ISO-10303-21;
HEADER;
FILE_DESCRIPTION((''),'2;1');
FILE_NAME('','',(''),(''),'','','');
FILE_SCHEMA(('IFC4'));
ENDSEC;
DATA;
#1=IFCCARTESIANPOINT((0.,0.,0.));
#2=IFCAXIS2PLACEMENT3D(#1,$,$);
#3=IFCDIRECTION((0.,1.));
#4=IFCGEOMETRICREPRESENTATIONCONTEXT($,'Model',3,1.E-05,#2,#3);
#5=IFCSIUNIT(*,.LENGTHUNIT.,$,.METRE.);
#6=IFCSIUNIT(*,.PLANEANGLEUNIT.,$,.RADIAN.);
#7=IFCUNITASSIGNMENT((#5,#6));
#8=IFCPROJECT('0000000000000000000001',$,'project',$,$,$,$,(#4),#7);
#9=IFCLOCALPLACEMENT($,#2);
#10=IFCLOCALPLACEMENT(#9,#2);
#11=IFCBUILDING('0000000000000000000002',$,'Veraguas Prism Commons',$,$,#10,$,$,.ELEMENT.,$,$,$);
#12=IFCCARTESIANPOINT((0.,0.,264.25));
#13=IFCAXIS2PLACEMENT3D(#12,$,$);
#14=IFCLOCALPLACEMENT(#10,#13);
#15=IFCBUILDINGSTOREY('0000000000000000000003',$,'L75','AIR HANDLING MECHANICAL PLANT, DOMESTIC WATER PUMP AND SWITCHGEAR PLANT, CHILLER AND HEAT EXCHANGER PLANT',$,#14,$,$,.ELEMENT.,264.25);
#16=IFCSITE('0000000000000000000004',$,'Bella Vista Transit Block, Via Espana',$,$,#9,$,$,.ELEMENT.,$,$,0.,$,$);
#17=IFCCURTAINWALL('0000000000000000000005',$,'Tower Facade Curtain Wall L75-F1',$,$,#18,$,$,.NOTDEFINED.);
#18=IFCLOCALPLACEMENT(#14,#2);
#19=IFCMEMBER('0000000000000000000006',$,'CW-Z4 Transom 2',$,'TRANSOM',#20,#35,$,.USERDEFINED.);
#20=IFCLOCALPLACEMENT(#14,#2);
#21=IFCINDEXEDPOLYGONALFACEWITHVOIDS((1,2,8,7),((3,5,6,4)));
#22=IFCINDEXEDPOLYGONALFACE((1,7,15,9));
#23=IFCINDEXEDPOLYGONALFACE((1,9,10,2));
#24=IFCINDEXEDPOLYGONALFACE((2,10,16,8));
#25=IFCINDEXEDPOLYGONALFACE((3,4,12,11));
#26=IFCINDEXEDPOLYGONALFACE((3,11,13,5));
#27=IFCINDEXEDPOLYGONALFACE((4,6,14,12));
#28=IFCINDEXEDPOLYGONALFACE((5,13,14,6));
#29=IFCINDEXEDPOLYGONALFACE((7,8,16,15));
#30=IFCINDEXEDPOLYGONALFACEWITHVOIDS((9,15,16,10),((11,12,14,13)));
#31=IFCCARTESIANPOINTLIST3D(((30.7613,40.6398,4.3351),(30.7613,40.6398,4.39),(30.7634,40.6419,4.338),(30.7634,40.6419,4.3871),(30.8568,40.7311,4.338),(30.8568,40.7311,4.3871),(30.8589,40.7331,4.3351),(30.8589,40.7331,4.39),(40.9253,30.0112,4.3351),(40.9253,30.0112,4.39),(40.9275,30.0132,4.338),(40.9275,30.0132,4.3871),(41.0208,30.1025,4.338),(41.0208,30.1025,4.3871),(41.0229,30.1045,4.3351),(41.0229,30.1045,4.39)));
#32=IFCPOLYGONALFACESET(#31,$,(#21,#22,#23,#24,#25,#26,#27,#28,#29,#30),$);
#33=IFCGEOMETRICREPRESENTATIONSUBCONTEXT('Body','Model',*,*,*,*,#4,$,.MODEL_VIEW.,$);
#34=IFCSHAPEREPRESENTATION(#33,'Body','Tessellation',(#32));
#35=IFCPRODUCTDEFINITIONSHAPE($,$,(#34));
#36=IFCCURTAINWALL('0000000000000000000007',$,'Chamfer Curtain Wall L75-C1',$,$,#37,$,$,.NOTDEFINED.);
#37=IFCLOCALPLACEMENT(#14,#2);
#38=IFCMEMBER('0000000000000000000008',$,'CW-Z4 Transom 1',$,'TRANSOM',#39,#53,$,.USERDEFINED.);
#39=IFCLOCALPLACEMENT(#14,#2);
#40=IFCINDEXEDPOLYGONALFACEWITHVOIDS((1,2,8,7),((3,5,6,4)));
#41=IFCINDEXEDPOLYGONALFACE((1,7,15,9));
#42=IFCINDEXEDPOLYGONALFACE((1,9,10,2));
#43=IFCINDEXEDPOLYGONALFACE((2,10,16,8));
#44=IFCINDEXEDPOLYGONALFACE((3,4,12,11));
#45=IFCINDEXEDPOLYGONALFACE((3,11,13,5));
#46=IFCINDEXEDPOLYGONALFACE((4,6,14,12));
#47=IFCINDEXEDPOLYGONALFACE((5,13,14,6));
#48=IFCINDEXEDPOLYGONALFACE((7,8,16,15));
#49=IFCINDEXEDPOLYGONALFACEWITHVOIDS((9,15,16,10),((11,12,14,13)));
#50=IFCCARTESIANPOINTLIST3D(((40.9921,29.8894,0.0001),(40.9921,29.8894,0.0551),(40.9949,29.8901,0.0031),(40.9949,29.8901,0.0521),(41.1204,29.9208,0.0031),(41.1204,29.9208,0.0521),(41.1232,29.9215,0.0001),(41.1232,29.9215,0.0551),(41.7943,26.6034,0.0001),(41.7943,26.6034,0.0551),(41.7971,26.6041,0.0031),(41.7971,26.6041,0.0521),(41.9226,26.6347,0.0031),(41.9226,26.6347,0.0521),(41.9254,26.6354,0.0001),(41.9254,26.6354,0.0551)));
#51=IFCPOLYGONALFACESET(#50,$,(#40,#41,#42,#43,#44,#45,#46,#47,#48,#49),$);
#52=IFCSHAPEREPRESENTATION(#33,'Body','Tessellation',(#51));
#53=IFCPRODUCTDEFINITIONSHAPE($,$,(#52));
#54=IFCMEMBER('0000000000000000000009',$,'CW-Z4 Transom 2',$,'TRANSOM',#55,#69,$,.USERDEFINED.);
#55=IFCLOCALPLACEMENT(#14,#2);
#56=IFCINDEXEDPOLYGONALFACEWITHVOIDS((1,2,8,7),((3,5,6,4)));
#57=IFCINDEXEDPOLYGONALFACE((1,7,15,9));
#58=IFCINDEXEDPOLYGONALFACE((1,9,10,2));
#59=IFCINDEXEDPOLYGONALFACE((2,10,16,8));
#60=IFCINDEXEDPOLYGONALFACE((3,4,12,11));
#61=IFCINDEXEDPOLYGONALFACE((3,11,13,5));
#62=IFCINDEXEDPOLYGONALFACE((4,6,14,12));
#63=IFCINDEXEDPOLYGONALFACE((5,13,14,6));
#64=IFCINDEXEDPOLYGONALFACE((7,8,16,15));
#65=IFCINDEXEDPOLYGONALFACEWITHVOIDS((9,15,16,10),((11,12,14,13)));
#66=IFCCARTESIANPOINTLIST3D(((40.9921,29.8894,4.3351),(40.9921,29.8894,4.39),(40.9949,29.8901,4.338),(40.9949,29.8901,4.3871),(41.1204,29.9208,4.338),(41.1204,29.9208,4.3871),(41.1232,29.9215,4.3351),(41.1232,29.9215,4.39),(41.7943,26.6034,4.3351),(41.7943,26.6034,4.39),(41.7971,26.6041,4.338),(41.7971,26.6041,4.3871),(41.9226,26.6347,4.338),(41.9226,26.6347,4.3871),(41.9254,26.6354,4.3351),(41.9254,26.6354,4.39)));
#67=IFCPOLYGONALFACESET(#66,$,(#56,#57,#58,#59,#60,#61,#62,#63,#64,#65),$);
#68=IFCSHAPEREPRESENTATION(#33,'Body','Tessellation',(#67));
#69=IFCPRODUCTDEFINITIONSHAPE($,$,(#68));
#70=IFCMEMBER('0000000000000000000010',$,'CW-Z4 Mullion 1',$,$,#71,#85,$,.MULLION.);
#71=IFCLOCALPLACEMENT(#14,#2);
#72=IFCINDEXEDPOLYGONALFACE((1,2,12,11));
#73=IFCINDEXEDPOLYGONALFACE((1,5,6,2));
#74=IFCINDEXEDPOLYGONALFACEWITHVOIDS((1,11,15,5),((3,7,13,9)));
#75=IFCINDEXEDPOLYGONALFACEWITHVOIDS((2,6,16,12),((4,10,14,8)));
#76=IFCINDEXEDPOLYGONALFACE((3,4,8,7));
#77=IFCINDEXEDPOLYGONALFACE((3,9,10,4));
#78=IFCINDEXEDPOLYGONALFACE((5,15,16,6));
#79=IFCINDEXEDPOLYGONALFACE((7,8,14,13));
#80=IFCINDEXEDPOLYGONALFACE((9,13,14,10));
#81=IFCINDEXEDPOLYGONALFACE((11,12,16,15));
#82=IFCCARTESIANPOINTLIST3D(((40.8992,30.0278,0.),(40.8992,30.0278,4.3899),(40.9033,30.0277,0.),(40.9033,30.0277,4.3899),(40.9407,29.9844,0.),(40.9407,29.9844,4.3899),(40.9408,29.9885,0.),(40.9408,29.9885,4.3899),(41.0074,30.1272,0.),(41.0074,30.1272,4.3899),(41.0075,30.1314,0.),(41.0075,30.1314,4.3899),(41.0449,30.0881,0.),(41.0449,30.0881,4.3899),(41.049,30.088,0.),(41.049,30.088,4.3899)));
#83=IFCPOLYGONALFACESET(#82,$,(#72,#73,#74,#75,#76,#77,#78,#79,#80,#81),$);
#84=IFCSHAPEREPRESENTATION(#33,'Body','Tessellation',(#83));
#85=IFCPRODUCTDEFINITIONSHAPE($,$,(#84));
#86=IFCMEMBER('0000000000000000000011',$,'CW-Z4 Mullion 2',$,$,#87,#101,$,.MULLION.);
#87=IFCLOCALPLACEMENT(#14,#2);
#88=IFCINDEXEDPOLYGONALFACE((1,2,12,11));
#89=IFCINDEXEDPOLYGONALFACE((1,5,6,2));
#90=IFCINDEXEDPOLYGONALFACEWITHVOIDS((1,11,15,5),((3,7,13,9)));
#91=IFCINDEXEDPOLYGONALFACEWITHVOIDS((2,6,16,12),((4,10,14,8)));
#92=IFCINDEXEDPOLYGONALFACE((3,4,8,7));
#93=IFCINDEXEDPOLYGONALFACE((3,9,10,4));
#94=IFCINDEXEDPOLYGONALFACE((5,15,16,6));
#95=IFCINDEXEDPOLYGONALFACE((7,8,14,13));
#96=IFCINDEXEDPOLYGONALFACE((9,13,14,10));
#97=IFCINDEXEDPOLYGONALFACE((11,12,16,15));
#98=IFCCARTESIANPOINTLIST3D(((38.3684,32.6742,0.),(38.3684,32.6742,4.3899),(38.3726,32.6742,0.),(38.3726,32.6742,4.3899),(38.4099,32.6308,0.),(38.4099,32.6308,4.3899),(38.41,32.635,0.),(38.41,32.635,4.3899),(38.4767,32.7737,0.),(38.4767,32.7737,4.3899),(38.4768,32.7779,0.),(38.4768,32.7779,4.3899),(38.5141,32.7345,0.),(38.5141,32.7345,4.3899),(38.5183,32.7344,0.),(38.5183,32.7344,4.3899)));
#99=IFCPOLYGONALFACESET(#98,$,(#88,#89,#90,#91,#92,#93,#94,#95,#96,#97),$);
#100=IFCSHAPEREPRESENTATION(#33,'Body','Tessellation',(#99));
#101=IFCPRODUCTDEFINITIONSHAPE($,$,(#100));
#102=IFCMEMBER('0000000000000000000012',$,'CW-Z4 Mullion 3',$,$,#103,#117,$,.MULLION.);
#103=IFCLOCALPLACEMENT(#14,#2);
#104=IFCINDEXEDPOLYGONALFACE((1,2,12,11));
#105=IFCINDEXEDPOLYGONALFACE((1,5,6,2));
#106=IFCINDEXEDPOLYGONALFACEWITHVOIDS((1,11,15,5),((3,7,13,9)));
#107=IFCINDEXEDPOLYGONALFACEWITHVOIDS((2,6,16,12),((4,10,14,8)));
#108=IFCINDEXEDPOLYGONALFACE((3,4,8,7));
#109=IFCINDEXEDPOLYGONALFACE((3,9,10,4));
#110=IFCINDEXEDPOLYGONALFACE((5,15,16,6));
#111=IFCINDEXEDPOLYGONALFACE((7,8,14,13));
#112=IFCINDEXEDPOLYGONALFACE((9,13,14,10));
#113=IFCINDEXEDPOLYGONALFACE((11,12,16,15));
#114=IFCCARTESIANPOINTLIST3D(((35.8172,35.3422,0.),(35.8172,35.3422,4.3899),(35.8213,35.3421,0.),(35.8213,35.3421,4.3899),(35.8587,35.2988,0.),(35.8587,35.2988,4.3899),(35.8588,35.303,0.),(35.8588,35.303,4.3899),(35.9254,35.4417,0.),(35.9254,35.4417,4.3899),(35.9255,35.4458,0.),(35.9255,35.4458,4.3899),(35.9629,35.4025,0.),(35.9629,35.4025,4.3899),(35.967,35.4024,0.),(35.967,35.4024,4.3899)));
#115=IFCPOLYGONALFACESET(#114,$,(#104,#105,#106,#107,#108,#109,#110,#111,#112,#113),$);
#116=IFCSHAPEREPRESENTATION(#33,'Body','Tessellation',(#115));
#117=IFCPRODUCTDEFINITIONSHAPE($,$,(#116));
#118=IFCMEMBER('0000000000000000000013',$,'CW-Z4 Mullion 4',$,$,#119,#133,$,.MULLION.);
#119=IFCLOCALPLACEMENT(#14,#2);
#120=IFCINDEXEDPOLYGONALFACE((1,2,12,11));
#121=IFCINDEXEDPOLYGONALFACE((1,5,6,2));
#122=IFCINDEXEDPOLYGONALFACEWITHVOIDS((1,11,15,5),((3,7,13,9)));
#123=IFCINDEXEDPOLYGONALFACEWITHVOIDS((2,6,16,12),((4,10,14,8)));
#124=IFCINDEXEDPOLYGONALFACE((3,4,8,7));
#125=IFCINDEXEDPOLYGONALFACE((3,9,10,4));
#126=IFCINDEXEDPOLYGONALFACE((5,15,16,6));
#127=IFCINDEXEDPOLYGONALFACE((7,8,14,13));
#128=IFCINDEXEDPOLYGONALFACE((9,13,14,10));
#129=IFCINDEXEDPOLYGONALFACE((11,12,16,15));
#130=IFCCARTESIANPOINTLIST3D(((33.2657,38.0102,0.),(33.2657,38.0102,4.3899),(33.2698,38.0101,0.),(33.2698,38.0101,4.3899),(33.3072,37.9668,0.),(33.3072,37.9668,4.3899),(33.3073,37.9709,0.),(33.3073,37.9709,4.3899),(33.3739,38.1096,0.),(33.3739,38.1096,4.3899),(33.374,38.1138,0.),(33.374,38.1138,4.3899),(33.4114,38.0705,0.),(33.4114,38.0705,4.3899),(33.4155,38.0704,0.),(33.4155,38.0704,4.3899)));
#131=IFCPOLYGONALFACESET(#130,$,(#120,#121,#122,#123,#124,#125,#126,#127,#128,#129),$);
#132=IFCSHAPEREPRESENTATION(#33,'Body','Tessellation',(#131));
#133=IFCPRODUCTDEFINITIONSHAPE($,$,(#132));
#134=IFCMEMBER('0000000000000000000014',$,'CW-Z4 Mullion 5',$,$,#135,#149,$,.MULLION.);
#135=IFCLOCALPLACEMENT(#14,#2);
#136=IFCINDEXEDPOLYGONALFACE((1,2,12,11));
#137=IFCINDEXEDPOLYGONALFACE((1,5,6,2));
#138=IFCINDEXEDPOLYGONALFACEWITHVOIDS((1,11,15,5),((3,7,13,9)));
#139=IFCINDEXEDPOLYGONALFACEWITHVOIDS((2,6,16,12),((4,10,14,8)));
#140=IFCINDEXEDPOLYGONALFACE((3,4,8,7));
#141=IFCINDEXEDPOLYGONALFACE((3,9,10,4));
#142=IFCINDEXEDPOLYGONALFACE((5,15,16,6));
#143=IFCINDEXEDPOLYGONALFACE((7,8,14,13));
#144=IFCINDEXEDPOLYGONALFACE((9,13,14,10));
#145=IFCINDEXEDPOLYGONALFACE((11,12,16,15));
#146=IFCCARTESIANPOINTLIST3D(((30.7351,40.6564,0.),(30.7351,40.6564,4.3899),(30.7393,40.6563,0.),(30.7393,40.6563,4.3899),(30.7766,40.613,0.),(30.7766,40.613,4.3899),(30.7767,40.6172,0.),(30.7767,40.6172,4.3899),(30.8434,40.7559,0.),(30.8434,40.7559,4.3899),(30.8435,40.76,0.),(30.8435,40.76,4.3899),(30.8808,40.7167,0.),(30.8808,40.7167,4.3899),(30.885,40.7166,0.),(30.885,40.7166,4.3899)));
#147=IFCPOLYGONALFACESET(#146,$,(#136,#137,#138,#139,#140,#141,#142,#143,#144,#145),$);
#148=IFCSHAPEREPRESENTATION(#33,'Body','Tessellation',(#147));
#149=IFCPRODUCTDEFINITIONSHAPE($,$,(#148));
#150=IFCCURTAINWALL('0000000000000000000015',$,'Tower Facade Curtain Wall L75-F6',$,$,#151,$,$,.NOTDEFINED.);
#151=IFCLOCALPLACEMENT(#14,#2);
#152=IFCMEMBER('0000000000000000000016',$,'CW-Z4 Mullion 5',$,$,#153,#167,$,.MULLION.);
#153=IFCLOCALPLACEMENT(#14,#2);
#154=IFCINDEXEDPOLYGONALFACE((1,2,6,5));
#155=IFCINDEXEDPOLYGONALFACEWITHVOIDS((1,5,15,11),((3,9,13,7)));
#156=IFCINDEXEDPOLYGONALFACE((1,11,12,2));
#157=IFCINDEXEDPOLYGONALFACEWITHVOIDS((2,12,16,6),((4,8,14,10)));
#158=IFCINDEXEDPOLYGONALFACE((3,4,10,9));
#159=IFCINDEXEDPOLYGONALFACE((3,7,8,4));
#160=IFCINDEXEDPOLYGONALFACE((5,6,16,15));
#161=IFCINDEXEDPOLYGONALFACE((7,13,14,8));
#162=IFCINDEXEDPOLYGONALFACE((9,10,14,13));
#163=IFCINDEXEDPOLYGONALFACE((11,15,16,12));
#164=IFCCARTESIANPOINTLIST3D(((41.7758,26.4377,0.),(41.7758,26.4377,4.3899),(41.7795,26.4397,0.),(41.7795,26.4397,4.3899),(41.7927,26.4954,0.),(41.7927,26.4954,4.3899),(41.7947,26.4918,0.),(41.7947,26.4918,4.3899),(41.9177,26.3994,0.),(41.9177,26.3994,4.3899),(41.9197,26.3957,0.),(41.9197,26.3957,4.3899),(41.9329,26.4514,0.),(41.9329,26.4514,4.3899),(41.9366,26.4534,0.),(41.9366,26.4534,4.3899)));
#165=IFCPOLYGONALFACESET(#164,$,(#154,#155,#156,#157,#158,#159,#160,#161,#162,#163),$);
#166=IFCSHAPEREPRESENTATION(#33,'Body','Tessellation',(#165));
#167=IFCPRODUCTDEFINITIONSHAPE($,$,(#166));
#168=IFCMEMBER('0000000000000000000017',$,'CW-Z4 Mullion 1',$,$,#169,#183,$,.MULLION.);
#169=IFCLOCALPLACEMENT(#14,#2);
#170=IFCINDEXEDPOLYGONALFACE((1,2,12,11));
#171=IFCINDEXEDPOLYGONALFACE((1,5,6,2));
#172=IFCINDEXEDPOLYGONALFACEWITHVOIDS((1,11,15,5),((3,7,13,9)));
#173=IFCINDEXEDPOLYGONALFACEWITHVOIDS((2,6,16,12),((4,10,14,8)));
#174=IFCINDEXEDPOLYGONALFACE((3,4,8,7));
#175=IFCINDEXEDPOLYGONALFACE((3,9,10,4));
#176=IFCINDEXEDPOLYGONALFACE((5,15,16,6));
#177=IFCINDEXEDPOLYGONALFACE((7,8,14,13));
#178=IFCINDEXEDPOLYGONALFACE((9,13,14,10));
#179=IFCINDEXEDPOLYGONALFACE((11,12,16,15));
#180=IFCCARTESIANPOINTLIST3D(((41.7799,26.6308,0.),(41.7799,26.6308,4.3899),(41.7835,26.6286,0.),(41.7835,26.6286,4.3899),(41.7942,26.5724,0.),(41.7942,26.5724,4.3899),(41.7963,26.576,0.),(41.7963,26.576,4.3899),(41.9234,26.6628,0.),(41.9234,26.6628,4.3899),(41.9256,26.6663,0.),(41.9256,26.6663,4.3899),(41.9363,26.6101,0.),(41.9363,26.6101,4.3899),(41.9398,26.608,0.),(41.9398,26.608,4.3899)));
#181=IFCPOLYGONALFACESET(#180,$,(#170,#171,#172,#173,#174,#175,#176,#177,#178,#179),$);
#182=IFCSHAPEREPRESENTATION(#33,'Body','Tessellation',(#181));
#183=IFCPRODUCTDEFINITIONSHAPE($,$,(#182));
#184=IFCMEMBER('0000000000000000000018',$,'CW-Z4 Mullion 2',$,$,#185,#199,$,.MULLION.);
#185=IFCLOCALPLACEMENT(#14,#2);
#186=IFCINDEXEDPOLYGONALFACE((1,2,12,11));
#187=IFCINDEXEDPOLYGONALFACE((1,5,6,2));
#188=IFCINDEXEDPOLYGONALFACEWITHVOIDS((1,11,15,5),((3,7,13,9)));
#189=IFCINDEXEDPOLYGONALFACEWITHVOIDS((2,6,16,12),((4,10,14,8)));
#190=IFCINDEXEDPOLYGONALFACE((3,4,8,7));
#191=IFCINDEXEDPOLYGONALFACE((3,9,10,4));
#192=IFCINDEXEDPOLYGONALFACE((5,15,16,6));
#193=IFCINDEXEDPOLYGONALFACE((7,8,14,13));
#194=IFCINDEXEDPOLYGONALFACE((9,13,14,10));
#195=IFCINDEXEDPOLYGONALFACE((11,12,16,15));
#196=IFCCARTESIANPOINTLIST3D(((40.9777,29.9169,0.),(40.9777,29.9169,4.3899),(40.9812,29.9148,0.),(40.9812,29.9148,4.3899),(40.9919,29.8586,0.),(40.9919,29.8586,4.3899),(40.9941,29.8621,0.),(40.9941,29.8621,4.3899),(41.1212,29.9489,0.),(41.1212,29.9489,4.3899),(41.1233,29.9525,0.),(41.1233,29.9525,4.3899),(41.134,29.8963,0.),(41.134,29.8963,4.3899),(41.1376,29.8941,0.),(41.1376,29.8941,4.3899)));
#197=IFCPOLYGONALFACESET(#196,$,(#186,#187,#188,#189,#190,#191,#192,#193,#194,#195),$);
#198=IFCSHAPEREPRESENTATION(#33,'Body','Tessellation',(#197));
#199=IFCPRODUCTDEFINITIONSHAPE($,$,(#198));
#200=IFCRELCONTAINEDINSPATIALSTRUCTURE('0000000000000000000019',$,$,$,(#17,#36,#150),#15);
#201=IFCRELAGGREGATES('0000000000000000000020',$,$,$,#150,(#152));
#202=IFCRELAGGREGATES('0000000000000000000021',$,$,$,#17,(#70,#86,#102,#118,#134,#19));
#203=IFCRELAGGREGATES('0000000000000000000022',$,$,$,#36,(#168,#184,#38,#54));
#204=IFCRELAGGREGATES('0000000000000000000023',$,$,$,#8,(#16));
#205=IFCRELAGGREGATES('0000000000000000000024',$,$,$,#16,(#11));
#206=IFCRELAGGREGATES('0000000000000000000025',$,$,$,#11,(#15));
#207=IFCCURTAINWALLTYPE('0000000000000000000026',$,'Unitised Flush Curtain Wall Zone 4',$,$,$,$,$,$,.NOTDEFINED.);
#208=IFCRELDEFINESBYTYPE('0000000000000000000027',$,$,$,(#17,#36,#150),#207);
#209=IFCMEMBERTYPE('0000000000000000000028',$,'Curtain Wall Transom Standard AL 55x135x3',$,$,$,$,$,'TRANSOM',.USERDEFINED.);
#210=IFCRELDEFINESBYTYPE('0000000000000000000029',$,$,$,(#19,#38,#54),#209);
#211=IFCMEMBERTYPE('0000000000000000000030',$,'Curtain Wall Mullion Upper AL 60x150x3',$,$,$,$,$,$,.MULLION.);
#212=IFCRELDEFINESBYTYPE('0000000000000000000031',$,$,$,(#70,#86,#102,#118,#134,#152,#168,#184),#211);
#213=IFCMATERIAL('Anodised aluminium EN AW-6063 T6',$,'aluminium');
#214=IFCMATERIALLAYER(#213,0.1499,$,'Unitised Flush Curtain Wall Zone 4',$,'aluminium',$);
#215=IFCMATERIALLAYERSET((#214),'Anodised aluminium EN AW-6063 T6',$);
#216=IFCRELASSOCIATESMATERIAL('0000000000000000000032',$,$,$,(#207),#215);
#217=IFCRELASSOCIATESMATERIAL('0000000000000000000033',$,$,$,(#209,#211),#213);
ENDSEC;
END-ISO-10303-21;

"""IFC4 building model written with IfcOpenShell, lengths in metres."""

from ifc_helpers import new_model, si_unit, direction, frame, origin, origin_2d, place, context, subcontext, project, spatial, hollow_rectangle, extrude, source, transform, mapped, material, layer, layer_set, material_profile, profile_set, type_object, element, aggregate, save


model = new_model("IFC4")

# Units and contexts
model_context = context("Model", 3, precision=1e-05, world=origin(), true_north=direction((0.0, 1.0)))
body_context = subcontext(model_context, "Body", "Model", "MODEL_VIEW")
ifc_project = project(units=[si_unit("LENGTHUNIT", "METRE"), si_unit("PLANEANGLEUNIT", "RADIAN")], contexts=[model_context])

# Site, building, storey
site_placement = place(None, origin())
site = spatial("IfcSite", under=ifc_project, at=site_placement, Name="Bella Vista Transit Block, Via Espana", CompositionType="ELEMENT", RefElevation=0.0)
building_placement = place(site_placement, origin())
building = spatial("IfcBuilding", under=site, at=building_placement, Name="Veraguas Prism Commons", CompositionType="ELEMENT")
storey_placement = place(building_placement, frame((0.0, 0.0, 264.25)))
storey = spatial("IfcBuildingStorey", under=building, at=storey_placement, Name="L75", Description="AIR HANDLING MECHANICAL PLANT, DOMESTIC WATER PUMP AND SWITCHGEAR PLANT, CHILLER AND HEAT EXCHANGER PLANT", CompositionType="ELEMENT", Elevation=264.25)

# Curtain walls, members
ifc_material_1 = material(Name="Anodised aluminium EN AW-6063 T6", Category="aluminium")
ifc_layer_1 = layer(ifc_material_1, 0.1499, Name="Unitised Flush Curtain Wall Zone 4", Category="aluminium")
ifc_layer_set_1 = layer_set([ifc_layer_1], Name="Anodised aluminium EN AW-6063 T6")
curtain_wall_type = type_object("IfcCurtainWallType", Name="Unitised Flush Curtain Wall Zone 4", PredefinedType="NOTDEFINED", material=ifc_layer_set_1)
curtain_wall_1_placement = place(storey_placement, origin())
curtain_wall_1 = element("IfcCurtainWall", 1, at=curtain_wall_1_placement, inside=storey, type_object=curtain_wall_type, Name="Tower Facade Curtain Wall L75-F1", PredefinedType="NOTDEFINED")
ifc_material_profile_1 = material_profile(ifc_material_1, hollow_rectangle(XDim=0.0549, YDim=0.135, WallThickness=0.0029, at=origin_2d()), Name="AL55X135X3")
ifc_profile_set_1 = profile_set([ifc_material_profile_1], Name="Anodised aluminium EN AW-6063 T6")
member_type_1 = type_object("IfcMemberType", Name="Curtain Wall Transom Standard AL 55x135x3", ElementType="TRANSOM", PredefinedType="USERDEFINED", material=ifc_profile_set_1)
shared_shape_1 = source(origin(), body_context, "Body", "SweptSolid", [
    extrude(hollow_rectangle(XDim=0.0549, YDim=0.135, WallThickness=0.0029, at=origin_2d()), origin(), (0.0, 0.0, 1.0), 14.7063),
])
member_1_placement = place(storey_placement, frame((40.9741, 30.0579, 4.3625), z_axis=(-0.691134, 0.722726, 0.0), x_axis=(0.0, 0.0, 1.0)))
member_1 = element("IfcMember", 2, at=member_1_placement, type_object=member_type_1, Name="CW-Z4 Transom 2", ObjectType="TRANSOM", PredefinedType="USERDEFINED", context=body_context, shape_type="MappedRepresentation", body=[
    mapped(shared_shape_1, transform((0.0, 0.0, 0.0), scale=1.0)),
])
curtain_wall_2_placement = place(storey_placement, origin())
curtain_wall_2 = element("IfcCurtainWall", 3, at=curtain_wall_2_placement, inside=storey, type_object=curtain_wall_type, Name="Chamfer Curtain Wall L75-C1", PredefinedType="NOTDEFINED")
shared_shape_2 = source(origin(), body_context, "Body", "SweptSolid", [
    extrude(hollow_rectangle(XDim=0.0549, YDim=0.135, WallThickness=0.0029, at=origin_2d()), origin(), (0.0, 0.0, 1.0), 3.3826),
])
member_2_placement = place(storey_placement, frame((41.8599, 26.6194, 0.0276), z_axis=(-0.237166, 0.971469, 0.0), x_axis=(0.0, 0.0, 1.0)))
member_2 = element("IfcMember", 4, at=member_2_placement, type_object=member_type_1, Name="CW-Z4 Transom 1", ObjectType="TRANSOM", PredefinedType="USERDEFINED", context=body_context, shape_type="MappedRepresentation", body=[
    mapped(shared_shape_2, transform((0.0, 0.0, 0.0), scale=1.0)),
])
member_3_placement = place(storey_placement, frame((41.8599, 26.6194, 4.3625), z_axis=(-0.237166, 0.971469, 0.0), x_axis=(0.0, 0.0, 1.0)))
member_3 = element("IfcMember", 5, at=member_3_placement, type_object=member_type_1, Name="CW-Z4 Transom 2", ObjectType="TRANSOM", PredefinedType="USERDEFINED", context=body_context, shape_type="MappedRepresentation", body=[
    mapped(shared_shape_2, transform((0.0, 0.0, 0.0), scale=1.0)),
])

# Members
ifc_material_profile_2 = material_profile(ifc_material_1, hollow_rectangle(XDim=0.0601, YDim=0.1499, WallThickness=0.0029, at=origin_2d()), Name="AL60X150X3")
ifc_profile_set_2 = profile_set([ifc_material_profile_2], Name="Anodised aluminium EN AW-6063 T6")
member_type_2 = type_object("IfcMemberType", Name="Curtain Wall Mullion Upper AL 60x150x3", PredefinedType="MULLION", material=ifc_profile_set_2)
shared_shape_3 = source(origin(), body_context, "Body", "SweptSolid", [
    extrude(hollow_rectangle(XDim=0.0601, YDim=0.1499, WallThickness=0.0029, at=origin_2d()), origin(), (0.0, 0.0, 1.0), 4.3899),
])
member_4_placement = place(storey_placement, frame((40.9741, 30.0579, 0.0), z_axis=(0.0, 0.0, 1.0), x_axis=(-0.691135, 0.722726, 0.0)))
member_4 = element("IfcMember", 6, at=member_4_placement, type_object=member_type_2, Name="CW-Z4 Mullion 1", PredefinedType="MULLION", context=body_context, shape_type="MappedRepresentation", body=[
    mapped(shared_shape_3, transform((0.0, 0.0, 0.0), scale=1.0)),
])
member_5_placement = place(storey_placement, frame((38.4434, 32.7043, 0.0), z_axis=(0.0, 0.0, 1.0), x_axis=(-0.691135, 0.722726, 0.0)))
member_5 = element("IfcMember", 7, at=member_5_placement, type_object=member_type_2, Name="CW-Z4 Mullion 2", PredefinedType="MULLION", context=body_context, shape_type="MappedRepresentation", body=[
    mapped(shared_shape_3, transform((0.0, 0.0, 0.0), scale=1.0)),
])
member_6_placement = place(storey_placement, frame((35.8921, 35.3723, 0.0), z_axis=(0.0, 0.0, 1.0), x_axis=(-0.691135, 0.722726, 0.0)))
member_6 = element("IfcMember", 8, at=member_6_placement, type_object=member_type_2, Name="CW-Z4 Mullion 3", PredefinedType="MULLION", context=body_context, shape_type="MappedRepresentation", body=[
    mapped(shared_shape_3, transform((0.0, 0.0, 0.0), scale=1.0)),
])
member_7_placement = place(storey_placement, frame((33.3406, 38.0403, 0.0), z_axis=(0.0, 0.0, 1.0), x_axis=(-0.691135, 0.722726, 0.0)))
member_7 = element("IfcMember", 9, at=member_7_placement, type_object=member_type_2, Name="CW-Z4 Mullion 4", PredefinedType="MULLION", context=body_context, shape_type="MappedRepresentation", body=[
    mapped(shared_shape_3, transform((0.0, 0.0, 0.0), scale=1.0)),
])
member_8_placement = place(storey_placement, frame((30.8101, 40.6865, 0.0), z_axis=(0.0, 0.0, 1.0), x_axis=(-0.691135, 0.722726, 0.0)))
member_8 = element("IfcMember", 10, at=member_8_placement, type_object=member_type_2, Name="CW-Z4 Mullion 5", PredefinedType="MULLION", context=body_context, shape_type="MappedRepresentation", body=[
    mapped(shared_shape_3, transform((0.0, 0.0, 0.0), scale=1.0)),
])

# Curtain wall, member
curtain_wall_3_placement = place(storey_placement, origin())
curtain_wall_3 = element("IfcCurtainWall", 11, at=curtain_wall_3_placement, inside=storey, type_object=curtain_wall_type, Name="Tower Facade Curtain Wall L75-F6", PredefinedType="NOTDEFINED")
member_9_placement = place(storey_placement, frame((41.8562, 26.4456, 0.0), z_axis=(0.0, 0.0, 1.0), x_axis=(0.280338, 0.959901, 0.0)))
member_9 = element("IfcMember", 12, at=member_9_placement, type_object=member_type_2, Name="CW-Z4 Mullion 5", PredefinedType="MULLION", context=body_context, shape_type="MappedRepresentation", body=[
    mapped(shared_shape_3, transform((0.0, 0.0, 0.0), scale=1.0)),
])
aggregate(curtain_wall_3, [member_9])

# Members
member_10_placement = place(storey_placement, frame((41.8599, 26.6194, 0.0), z_axis=(0.0, 0.0, 1.0), x_axis=(-0.237208, 0.971459, 0.0)))
member_10 = element("IfcMember", 13, at=member_10_placement, type_object=member_type_2, Name="CW-Z4 Mullion 1", PredefinedType="MULLION", context=body_context, shape_type="MappedRepresentation", body=[
    mapped(shared_shape_3, transform((0.0, 0.0, 0.0), scale=1.0)),
])
member_11_placement = place(storey_placement, frame((41.0576, 29.9055, 0.0), z_axis=(0.0, 0.0, 1.0), x_axis=(-0.237208, 0.971459, 0.0)))
member_11 = element("IfcMember", 14, at=member_11_placement, type_object=member_type_2, Name="CW-Z4 Mullion 2", PredefinedType="MULLION", context=body_context, shape_type="MappedRepresentation", body=[
    mapped(shared_shape_3, transform((0.0, 0.0, 0.0), scale=1.0)),
])

aggregate(curtain_wall_1, [member_4, member_5, member_6, member_7, member_8, member_1])
aggregate(curtain_wall_2, [member_10, member_11, member_2, member_3])

save(model, "model.ifc")
